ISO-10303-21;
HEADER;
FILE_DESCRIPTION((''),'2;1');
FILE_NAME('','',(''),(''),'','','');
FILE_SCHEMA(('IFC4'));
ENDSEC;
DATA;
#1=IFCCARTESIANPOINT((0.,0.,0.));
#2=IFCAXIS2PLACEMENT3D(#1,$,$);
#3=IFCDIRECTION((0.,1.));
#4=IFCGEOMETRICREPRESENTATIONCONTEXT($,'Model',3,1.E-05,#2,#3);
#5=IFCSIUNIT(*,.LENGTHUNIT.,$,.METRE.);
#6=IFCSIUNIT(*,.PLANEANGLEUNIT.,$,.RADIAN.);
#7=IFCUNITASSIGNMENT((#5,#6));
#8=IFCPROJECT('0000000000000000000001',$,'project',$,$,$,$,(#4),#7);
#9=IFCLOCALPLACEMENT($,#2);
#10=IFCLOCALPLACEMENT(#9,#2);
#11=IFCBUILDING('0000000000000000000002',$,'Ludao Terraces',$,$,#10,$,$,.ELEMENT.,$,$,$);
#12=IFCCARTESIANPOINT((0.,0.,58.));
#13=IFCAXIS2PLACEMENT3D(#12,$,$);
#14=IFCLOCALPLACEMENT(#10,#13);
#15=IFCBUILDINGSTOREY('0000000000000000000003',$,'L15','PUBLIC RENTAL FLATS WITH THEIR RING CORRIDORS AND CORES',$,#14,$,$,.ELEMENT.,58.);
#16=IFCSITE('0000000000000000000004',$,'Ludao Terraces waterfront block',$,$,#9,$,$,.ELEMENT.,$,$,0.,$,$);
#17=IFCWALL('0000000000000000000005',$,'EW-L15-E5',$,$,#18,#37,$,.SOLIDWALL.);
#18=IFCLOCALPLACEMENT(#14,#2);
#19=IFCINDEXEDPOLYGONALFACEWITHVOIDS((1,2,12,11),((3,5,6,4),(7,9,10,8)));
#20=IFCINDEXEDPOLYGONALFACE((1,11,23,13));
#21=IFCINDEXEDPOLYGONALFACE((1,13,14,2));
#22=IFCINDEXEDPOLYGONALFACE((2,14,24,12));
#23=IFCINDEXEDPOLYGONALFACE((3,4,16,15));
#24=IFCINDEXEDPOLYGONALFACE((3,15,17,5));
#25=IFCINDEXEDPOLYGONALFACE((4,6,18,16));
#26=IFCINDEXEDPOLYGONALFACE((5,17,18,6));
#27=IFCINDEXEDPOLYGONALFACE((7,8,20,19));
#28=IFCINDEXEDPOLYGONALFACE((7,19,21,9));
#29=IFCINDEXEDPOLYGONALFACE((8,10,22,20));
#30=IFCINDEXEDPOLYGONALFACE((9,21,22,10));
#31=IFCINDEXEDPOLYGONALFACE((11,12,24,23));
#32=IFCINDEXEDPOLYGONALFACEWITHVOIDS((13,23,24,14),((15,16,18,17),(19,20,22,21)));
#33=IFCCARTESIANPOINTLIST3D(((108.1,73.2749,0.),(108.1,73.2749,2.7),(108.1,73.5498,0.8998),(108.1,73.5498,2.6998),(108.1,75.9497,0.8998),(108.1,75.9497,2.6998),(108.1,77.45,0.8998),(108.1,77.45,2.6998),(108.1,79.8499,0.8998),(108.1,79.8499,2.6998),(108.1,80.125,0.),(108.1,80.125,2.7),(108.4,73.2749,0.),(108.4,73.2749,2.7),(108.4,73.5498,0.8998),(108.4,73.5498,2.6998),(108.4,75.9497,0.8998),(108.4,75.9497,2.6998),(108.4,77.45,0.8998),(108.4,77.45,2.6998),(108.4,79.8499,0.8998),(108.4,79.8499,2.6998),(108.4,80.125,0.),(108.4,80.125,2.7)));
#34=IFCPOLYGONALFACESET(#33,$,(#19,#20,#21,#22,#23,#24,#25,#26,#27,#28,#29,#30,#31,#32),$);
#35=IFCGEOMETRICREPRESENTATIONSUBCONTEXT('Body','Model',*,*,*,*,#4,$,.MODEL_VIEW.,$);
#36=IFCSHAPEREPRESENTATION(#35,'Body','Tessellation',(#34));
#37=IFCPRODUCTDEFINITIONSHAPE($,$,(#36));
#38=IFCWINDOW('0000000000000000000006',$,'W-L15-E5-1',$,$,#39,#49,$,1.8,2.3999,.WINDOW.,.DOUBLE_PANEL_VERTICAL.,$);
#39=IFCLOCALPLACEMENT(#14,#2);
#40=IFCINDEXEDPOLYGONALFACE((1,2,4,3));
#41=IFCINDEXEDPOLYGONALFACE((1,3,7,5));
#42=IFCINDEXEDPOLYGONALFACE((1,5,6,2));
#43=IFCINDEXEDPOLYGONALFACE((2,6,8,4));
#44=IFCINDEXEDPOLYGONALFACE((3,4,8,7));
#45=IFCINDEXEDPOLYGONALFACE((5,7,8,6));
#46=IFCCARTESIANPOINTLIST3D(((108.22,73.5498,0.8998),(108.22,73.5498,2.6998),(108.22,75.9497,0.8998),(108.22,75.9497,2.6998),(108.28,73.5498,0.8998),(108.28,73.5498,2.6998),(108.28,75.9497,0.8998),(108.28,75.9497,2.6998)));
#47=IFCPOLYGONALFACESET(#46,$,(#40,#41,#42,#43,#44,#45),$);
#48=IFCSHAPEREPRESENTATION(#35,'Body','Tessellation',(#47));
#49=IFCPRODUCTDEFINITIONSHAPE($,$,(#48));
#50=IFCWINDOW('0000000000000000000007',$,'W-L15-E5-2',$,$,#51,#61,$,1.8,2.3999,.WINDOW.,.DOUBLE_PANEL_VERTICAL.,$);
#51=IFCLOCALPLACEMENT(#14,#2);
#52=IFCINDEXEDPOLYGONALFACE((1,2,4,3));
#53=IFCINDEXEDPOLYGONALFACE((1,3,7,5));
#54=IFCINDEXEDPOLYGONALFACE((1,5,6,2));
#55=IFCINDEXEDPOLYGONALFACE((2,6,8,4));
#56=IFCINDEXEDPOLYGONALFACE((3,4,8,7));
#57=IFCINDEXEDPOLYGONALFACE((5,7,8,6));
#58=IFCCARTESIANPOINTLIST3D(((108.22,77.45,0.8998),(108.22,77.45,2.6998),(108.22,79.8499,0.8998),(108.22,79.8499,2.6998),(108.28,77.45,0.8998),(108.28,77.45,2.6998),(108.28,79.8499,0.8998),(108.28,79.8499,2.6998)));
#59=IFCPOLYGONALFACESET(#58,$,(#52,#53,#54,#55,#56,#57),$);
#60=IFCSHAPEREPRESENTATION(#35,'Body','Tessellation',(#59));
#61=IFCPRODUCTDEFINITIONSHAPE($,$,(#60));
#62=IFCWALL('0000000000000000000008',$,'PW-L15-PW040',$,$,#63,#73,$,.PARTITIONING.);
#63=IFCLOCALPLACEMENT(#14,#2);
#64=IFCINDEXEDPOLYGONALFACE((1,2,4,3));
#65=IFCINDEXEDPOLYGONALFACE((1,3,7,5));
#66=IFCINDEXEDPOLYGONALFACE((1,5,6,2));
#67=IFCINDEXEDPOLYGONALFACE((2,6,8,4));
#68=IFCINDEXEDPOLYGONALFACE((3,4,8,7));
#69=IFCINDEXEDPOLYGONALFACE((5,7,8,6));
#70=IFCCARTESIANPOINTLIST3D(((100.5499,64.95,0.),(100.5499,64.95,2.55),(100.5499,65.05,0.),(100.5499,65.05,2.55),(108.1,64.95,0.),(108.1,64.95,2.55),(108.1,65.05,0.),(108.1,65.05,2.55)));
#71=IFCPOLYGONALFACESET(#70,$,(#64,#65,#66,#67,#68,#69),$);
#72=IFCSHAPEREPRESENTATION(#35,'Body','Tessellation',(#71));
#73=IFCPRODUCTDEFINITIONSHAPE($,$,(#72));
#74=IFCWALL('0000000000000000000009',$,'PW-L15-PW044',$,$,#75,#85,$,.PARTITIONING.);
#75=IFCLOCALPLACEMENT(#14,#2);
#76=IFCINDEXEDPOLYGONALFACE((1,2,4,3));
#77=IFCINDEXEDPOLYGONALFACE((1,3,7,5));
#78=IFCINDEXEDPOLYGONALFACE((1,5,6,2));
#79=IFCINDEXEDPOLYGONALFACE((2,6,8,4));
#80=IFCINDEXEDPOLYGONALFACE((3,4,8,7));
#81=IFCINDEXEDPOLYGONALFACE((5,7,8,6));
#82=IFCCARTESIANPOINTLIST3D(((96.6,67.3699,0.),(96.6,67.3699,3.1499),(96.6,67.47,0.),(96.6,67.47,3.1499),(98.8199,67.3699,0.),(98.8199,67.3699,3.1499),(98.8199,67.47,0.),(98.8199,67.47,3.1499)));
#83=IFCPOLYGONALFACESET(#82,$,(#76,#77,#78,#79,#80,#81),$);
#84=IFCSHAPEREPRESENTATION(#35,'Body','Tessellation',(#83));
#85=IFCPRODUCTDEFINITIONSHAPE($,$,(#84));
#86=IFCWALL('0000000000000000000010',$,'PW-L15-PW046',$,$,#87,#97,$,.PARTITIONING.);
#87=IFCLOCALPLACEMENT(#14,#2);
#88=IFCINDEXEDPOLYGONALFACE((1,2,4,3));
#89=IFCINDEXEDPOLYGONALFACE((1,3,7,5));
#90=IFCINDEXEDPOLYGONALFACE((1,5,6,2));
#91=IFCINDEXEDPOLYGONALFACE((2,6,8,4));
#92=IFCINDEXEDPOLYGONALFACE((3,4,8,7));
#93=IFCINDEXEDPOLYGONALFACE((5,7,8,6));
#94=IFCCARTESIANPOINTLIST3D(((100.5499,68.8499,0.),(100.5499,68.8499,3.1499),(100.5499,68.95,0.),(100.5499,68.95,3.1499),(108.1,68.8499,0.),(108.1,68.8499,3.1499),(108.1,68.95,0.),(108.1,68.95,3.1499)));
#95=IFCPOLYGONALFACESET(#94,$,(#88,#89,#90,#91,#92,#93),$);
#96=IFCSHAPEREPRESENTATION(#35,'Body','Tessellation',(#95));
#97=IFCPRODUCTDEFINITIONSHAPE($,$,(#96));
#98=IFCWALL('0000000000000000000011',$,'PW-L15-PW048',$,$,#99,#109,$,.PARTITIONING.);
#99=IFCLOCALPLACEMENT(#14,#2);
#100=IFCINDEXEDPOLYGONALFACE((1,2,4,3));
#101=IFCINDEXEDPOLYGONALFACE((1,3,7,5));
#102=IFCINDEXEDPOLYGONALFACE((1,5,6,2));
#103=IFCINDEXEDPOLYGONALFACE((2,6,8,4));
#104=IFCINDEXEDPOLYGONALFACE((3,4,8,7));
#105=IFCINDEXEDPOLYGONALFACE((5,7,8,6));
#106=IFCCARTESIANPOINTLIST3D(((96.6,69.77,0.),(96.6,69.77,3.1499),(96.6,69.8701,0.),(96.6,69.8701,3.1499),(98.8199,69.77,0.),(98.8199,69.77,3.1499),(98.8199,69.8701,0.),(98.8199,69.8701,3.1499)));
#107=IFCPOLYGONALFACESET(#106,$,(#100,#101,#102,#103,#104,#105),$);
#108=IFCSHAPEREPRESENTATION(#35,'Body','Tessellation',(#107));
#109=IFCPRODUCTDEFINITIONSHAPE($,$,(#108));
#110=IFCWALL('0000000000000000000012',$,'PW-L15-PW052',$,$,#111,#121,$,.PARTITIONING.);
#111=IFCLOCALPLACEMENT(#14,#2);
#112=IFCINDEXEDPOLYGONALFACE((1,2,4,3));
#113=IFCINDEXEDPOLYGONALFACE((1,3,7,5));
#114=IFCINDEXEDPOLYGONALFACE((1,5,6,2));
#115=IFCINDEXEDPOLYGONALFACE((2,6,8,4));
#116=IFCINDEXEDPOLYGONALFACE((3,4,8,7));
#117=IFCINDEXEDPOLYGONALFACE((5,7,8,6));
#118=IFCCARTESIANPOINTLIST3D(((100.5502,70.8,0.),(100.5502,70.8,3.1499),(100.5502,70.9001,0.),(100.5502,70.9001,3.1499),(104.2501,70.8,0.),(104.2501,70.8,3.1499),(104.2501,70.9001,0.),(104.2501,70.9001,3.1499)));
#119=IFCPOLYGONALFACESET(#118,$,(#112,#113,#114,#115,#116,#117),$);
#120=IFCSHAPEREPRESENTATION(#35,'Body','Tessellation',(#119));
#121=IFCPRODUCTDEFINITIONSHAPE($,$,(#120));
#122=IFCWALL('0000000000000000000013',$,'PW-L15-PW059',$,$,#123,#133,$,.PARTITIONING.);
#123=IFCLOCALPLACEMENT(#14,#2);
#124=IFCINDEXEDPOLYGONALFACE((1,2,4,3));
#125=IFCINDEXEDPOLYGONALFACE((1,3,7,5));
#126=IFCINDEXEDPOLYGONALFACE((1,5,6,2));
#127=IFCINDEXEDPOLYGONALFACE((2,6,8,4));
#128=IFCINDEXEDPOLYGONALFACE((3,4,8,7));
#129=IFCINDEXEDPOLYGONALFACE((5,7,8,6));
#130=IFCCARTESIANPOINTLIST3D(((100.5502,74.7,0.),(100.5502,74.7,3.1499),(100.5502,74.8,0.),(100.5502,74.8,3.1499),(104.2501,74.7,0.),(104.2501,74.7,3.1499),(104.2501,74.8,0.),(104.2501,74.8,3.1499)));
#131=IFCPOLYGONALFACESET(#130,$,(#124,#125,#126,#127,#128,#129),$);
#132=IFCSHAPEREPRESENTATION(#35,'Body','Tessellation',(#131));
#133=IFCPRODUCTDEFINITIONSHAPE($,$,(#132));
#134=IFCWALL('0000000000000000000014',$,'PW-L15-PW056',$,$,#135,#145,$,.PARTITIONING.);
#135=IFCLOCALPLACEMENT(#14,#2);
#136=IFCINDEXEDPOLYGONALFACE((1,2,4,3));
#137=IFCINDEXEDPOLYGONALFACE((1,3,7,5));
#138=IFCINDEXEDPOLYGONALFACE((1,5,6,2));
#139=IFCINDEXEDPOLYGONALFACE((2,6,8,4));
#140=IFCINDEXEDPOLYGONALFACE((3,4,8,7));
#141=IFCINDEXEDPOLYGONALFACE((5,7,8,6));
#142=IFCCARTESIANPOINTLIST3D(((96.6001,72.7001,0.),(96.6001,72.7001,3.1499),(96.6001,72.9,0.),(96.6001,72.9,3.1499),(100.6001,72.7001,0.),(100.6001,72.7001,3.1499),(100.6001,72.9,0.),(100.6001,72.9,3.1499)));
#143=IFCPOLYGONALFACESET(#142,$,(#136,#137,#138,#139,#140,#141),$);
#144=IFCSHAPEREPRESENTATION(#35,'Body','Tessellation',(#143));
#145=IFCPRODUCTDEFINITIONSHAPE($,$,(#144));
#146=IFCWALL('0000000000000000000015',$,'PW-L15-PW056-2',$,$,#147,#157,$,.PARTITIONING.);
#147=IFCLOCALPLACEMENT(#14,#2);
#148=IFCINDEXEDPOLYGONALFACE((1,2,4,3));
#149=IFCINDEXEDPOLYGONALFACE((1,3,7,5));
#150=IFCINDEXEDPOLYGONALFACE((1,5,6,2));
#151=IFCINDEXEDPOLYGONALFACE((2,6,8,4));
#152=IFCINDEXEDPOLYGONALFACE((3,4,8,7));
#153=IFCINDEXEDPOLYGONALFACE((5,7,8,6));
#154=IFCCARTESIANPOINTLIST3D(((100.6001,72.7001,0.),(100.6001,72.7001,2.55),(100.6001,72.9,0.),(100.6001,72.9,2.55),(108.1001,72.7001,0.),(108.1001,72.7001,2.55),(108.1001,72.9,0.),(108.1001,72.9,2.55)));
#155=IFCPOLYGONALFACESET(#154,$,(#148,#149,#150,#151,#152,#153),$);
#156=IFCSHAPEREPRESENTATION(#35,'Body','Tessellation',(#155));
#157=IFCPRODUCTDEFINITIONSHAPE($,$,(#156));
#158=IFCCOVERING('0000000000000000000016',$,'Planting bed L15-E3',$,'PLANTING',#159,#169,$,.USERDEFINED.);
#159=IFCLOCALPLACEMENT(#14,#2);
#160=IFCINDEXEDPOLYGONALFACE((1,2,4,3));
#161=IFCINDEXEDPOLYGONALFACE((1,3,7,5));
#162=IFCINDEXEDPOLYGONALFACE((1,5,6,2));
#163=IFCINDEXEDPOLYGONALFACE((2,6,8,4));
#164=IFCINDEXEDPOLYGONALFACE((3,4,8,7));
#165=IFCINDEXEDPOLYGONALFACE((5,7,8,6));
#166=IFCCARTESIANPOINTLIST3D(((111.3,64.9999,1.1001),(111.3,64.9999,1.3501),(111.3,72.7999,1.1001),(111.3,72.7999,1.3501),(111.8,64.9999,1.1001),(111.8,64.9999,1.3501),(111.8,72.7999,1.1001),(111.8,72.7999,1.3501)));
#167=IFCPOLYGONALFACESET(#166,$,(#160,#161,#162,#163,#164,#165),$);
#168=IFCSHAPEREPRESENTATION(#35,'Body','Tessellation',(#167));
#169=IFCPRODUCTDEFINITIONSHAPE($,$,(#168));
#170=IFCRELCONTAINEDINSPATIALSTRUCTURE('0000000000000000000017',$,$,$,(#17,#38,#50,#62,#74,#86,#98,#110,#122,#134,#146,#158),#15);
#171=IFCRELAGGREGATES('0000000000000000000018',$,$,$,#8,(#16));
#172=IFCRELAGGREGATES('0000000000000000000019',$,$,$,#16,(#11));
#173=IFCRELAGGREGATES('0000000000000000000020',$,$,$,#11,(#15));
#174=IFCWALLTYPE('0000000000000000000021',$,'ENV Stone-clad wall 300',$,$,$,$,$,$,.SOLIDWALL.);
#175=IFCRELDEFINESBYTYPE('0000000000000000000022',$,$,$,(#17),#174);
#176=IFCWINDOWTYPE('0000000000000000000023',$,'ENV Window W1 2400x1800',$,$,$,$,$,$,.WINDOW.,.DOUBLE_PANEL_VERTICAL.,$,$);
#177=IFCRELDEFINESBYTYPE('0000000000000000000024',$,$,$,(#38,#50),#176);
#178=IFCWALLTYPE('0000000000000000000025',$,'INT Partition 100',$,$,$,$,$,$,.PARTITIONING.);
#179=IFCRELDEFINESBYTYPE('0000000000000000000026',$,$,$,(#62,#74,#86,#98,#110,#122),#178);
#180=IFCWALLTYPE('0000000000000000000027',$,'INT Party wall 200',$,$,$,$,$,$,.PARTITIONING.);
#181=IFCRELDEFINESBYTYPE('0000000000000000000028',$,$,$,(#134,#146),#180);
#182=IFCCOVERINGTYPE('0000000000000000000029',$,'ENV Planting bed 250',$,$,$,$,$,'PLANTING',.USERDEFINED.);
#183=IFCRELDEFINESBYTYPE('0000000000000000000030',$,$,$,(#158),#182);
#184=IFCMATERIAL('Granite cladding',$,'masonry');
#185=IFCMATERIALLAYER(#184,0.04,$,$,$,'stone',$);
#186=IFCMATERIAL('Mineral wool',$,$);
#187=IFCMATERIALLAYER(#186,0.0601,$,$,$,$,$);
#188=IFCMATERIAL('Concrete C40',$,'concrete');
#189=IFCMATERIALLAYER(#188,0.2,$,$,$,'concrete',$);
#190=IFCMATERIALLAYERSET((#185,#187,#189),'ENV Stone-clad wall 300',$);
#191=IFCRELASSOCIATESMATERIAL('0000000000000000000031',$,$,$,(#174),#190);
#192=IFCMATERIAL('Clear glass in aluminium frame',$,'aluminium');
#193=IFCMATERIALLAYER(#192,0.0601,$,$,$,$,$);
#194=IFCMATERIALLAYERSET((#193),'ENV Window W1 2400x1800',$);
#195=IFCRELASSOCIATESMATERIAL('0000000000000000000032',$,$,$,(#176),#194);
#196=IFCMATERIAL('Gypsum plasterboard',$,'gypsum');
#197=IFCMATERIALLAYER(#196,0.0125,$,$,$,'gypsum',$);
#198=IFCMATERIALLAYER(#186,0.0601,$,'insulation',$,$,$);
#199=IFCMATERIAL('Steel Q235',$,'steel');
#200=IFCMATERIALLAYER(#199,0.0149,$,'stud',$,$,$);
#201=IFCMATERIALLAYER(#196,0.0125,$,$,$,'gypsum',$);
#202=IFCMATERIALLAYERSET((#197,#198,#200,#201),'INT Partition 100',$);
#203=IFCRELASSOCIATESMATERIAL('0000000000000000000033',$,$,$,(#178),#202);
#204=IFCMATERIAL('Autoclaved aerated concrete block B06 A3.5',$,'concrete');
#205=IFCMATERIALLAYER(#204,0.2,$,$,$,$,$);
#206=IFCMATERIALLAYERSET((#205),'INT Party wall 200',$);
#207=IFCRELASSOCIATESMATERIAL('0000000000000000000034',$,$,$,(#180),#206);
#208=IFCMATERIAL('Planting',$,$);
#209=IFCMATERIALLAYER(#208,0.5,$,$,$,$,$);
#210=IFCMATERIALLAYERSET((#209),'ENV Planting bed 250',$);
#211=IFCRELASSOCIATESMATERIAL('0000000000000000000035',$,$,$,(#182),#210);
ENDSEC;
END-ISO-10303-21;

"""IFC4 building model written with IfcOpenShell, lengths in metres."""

from ifc_helpers import new_model, si_unit, direction, frame, frame_2d, origin, origin_2d, place, context, subcontext, project, spatial, rectangle, extrude, material, layer, layer_set, type_object, element, fill, save


model = new_model("IFC4")

# Units and contexts
model_context = context("Model", 3, precision=1e-05, world=origin(), true_north=direction((0.0, 1.0)))
body_context = subcontext(model_context, "Body", "Model", "MODEL_VIEW")
ifc_project = project(units=[si_unit("LENGTHUNIT", "METRE"), si_unit("PLANEANGLEUNIT", "RADIAN")], contexts=[model_context])

# Site, building, storey
site_placement = place(None, origin())
site = spatial("IfcSite", under=ifc_project, at=site_placement, Name="Ludao Terraces waterfront block", CompositionType="ELEMENT", RefElevation=0.0)
building_placement = place(site_placement, origin())
building = spatial("IfcBuilding", under=site, at=building_placement, Name="Ludao Terraces", CompositionType="ELEMENT")
storey_placement = place(building_placement, frame((0.0, 0.0, 58.0)))
storey = spatial("IfcBuildingStorey", under=building, at=storey_placement, Name="L15", Description="PUBLIC RENTAL FLATS WITH THEIR RING CORRIDORS AND CORES", CompositionType="ELEMENT", Elevation=58.0)

# Shared definitions
ifc_material_1 = material(Name="Concrete C40", Category="concrete")

# Shared definitions
ifc_material_2 = material(Name="Granite cladding", Category="masonry")
ifc_layer_1 = layer(ifc_material_2, 0.04, Category="stone")
ifc_material_3 = material(Name="Mineral wool")
ifc_layer_2 = layer(ifc_material_3, 0.0601)
ifc_layer_3 = layer(ifc_material_1, 0.2, Category="concrete")
ifc_layer_set_1 = layer_set([ifc_layer_1, ifc_layer_2, ifc_layer_3], Name="ENV Stone-clad wall 300")
wall_type_1 = type_object("IfcWallType", Name="ENV Stone-clad wall 300", PredefinedType="SOLIDWALL", material=ifc_layer_set_1)
ifc_material_4 = material(Name="Clear glass in aluminium frame", Category="aluminium")
ifc_layer_4 = layer(ifc_material_4, 0.0601)
ifc_layer_set_2 = layer_set([ifc_layer_4], Name="ENV Window W1 2400x1800")
window_type = type_object("IfcWindowType", Name="ENV Window W1 2400x1800", PartitioningType="DOUBLE_PANEL_VERTICAL", PredefinedType="WINDOW", material=ifc_layer_set_2)

# Wall, openings, windows
wall_1_placement = place(storey_placement, frame((108.25, 73.2749, 0.0), z_axis=(0.0, 0.0, 1.0), x_axis=(0.0, 1.0, 0.0)))
wall_1 = element("IfcWall", 1, at=wall_1_placement, inside=storey, type_object=wall_type_1, Name="EW-L15-E5", PredefinedType="SOLIDWALL", context=body_context, shape_type="SweptSolid", body=[
    extrude(rectangle(XDim=6.8501, YDim=0.3, at=frame_2d((3.425, 0.0))), origin(), (0.0, 0.0, 1.0), 2.7),
])
opening_1_placement = place(wall_1_placement, frame((0.2749, 0.0, 0.8999)))
opening_1 = element("IfcOpeningElement", 2, at=opening_1_placement, cuts=wall_1, PredefinedType="OPENING", context=body_context, shape_type="SweptSolid", body=[
    extrude(rectangle(XDim=2.3999, YDim=1.8, at=frame_2d((1.2, 0.8999))), frame((0.0, 0.1602, 0.0), z_axis=(0.0, -1.0, 0.0), x_axis=(1.0, 0.0, 0.0)), (0.0, 0.0, 1.0), 0.3201),
])
opening_2_placement = place(wall_1_placement, frame((4.175, 0.0, 0.8999)))
opening_2 = element("IfcOpeningElement", 3, at=opening_2_placement, cuts=wall_1, PredefinedType="OPENING", context=body_context, shape_type="SweptSolid", body=[
    extrude(rectangle(XDim=2.3999, YDim=1.8, at=frame_2d((1.2, 0.8999))), frame((0.0, 0.1602, 0.0), z_axis=(0.0, -1.0, 0.0), x_axis=(1.0, 0.0, 0.0)), (0.0, 0.0, 1.0), 0.3201),
])
window_1_placement = place(opening_1_placement, origin())
window_1 = element("IfcWindow", 4, at=window_1_placement, inside=storey, type_object=window_type, Name="W-L15-E5-1", OverallHeight=1.8, OverallWidth=2.3999, PartitioningType="DOUBLE_PANEL_VERTICAL", PredefinedType="WINDOW", context=body_context, shape_type="SweptSolid", body=[
    extrude(rectangle(XDim=2.3999, YDim=1.8, at=frame_2d((1.2, 0.8999))), frame((0.0, 0.03, 0.0), z_axis=(0.0, -1.0, 0.0), x_axis=(1.0, 0.0, 0.0)), (0.0, 0.0, 1.0), 0.0601),
])
fill(opening_1, window_1)
window_2_placement = place(opening_2_placement, origin())
window_2 = element("IfcWindow", 5, at=window_2_placement, inside=storey, type_object=window_type, Name="W-L15-E5-2", OverallHeight=1.8, OverallWidth=2.3999, PartitioningType="DOUBLE_PANEL_VERTICAL", PredefinedType="WINDOW", context=body_context, shape_type="SweptSolid", body=[
    extrude(rectangle(XDim=2.3999, YDim=1.8, at=frame_2d((1.2, 0.8999))), frame((0.0, 0.03, 0.0), z_axis=(0.0, -1.0, 0.0), x_axis=(1.0, 0.0, 0.0)), (0.0, 0.0, 1.0), 0.0601),
])
fill(opening_2, window_2)

# Walls
ifc_material_5 = material(Name="Gypsum plasterboard", Category="gypsum")
ifc_layer_5 = layer(ifc_material_5, 0.0125, Category="gypsum")
ifc_layer_6 = layer(ifc_material_3, 0.0601, Name="insulation")
ifc_material_6 = material(Name="Steel Q235", Category="steel")
ifc_layer_7 = layer(ifc_material_6, 0.0149, Name="stud")
ifc_layer_8 = layer(ifc_material_5, 0.0125, Category="gypsum")
ifc_layer_set_3 = layer_set([ifc_layer_5, ifc_layer_6, ifc_layer_7, ifc_layer_8], Name="INT Partition 100")
wall_type_2 = type_object("IfcWallType", Name="INT Partition 100", PredefinedType="PARTITIONING", material=ifc_layer_set_3)
wall_2_placement = place(storey_placement, frame((100.55, 65.0, 0.0), z_axis=(0.0, 0.0, 1.0), x_axis=(1.0, 0.0, 0.0)))
element("IfcWall", 6, at=wall_2_placement, inside=storey, type_object=wall_type_2, Name="PW-L15-PW040", PredefinedType="PARTITIONING", context=body_context, shape_type="SweptSolid", body=[
    extrude(rectangle(XDim=7.55, YDim=0.1001, at=frame_2d((3.7749, 0.0))), origin(), (0.0, 0.0, 1.0), 2.55),
])
wall_3_placement = place(storey_placement, frame((96.6001, 67.4199, 0.0), z_axis=(0.0, 0.0, 1.0), x_axis=(1.0, 0.0, 0.0)))
element("IfcWall", 7, at=wall_3_placement, inside=storey, type_object=wall_type_2, Name="PW-L15-PW044", PredefinedType="PARTITIONING", context=body_context, shape_type="SweptSolid", body=[
    extrude(rectangle(XDim=2.22, YDim=0.1001, at=frame_2d((1.1099, 0.0))), origin(), (0.0, 0.0, 1.0), 3.1499),
])
wall_4_placement = place(storey_placement, frame((100.55, 68.8999, 0.0), z_axis=(0.0, 0.0, 1.0), x_axis=(1.0, 0.0, 0.0)))
element("IfcWall", 8, at=wall_4_placement, inside=storey, type_object=wall_type_2, Name="PW-L15-PW046", PredefinedType="PARTITIONING", context=body_context, shape_type="SweptSolid", body=[
    extrude(rectangle(XDim=7.55, YDim=0.1001, at=frame_2d((3.7749, 0.0))), origin(), (0.0, 0.0, 1.0), 3.1499),
])
wall_5_placement = place(storey_placement, frame((96.6001, 69.8201, 0.0), z_axis=(0.0, 0.0, 1.0), x_axis=(1.0, 0.0, 0.0)))
element("IfcWall", 9, at=wall_5_placement, inside=storey, type_object=wall_type_2, Name="PW-L15-PW048", PredefinedType="PARTITIONING", context=body_context, shape_type="SweptSolid", body=[
    extrude(rectangle(XDim=2.22, YDim=0.1001, at=frame_2d((1.1099, 0.0))), origin(), (0.0, 0.0, 1.0), 3.1499),
])
for number, where, z_axis, x_axis, name in (
    (10, (100.55, 70.8501, 0.0), (0.0, 0.0, 1.0), (1.0, 0.0, 0.0), "PW-L15-PW052"),
    (11, (100.55, 74.75, 0.0), (0.0, 0.0, 1.0), (1.0, 0.0, 0.0), "PW-L15-PW059"),
):
    element("IfcWall", number, at=place(storey_placement, frame(where, z_axis=z_axis, x_axis=x_axis)), inside=storey, type_object=wall_type_2, Name=name, PredefinedType="PARTITIONING", context=body_context, shape_type="SweptSolid", body=[
        extrude(rectangle(XDim=3.7, YDim=0.1001, at=frame_2d((1.8501, 0.0))), origin(), (0.0, 0.0, 1.0), 3.1499),
    ])
ifc_material_7 = material(Name="Autoclaved aerated concrete block B06 A3.5", Category="concrete")
ifc_layer_9 = layer(ifc_material_7, 0.2)
ifc_layer_set_4 = layer_set([ifc_layer_9], Name="INT Party wall 200")
wall_type_3 = type_object("IfcWallType", Name="INT Party wall 200", PredefinedType="PARTITIONING", material=ifc_layer_set_4)
wall_6_placement = place(storey_placement, frame((96.6001, 72.8, 0.0), z_axis=(0.0, 0.0, 1.0), x_axis=(1.0, 0.0, 0.0)))
element("IfcWall", 12, at=wall_6_placement, inside=storey, type_object=wall_type_3, Name="PW-L15-PW056", PredefinedType="PARTITIONING", context=body_context, shape_type="SweptSolid", body=[
    extrude(rectangle(XDim=4.0, YDim=0.2, at=frame_2d((2.0, 0.0))), origin(), (0.0, 0.0, 1.0), 3.1499),
])
wall_7_placement = place(storey_placement, frame((100.6001, 72.8, 0.0), z_axis=(0.0, 0.0, 1.0), x_axis=(1.0, 0.0, 0.0)))
element("IfcWall", 13, at=wall_7_placement, inside=storey, type_object=wall_type_3, Name="PW-L15-PW056-2", PredefinedType="PARTITIONING", context=body_context, shape_type="SweptSolid", body=[
    extrude(rectangle(XDim=7.5, YDim=0.2, at=frame_2d((3.75, 0.0))), origin(), (0.0, 0.0, 1.0), 2.55),
])

# Covering
ifc_material_8 = material(Name="Planting")
ifc_layer_10 = layer(ifc_material_8, 0.5)
ifc_layer_set_5 = layer_set([ifc_layer_10], Name="ENV Planting bed 250")
covering_type_1 = type_object("IfcCoveringType", Name="ENV Planting bed 250", ElementType="PLANTING", PredefinedType="USERDEFINED", material=ifc_layer_set_5)
covering_1_placement = place(storey_placement, frame((111.55, 68.8999, 1.1001), z_axis=(0.0, 0.0, 1.0), x_axis=(1.0, 0.0, 0.0)))
element("IfcCovering", 14, at=covering_1_placement, inside=storey, type_object=covering_type_1, Name="Planting bed L15-E3", ObjectType="PLANTING", PredefinedType="USERDEFINED", context=body_context, shape_type="SweptSolid", body=[
    extrude(rectangle(XDim=0.5, YDim=7.8, at=origin_2d()), origin(), (0.0, 0.0, 1.0), 0.25),
])

save(model, "model.ifc")
